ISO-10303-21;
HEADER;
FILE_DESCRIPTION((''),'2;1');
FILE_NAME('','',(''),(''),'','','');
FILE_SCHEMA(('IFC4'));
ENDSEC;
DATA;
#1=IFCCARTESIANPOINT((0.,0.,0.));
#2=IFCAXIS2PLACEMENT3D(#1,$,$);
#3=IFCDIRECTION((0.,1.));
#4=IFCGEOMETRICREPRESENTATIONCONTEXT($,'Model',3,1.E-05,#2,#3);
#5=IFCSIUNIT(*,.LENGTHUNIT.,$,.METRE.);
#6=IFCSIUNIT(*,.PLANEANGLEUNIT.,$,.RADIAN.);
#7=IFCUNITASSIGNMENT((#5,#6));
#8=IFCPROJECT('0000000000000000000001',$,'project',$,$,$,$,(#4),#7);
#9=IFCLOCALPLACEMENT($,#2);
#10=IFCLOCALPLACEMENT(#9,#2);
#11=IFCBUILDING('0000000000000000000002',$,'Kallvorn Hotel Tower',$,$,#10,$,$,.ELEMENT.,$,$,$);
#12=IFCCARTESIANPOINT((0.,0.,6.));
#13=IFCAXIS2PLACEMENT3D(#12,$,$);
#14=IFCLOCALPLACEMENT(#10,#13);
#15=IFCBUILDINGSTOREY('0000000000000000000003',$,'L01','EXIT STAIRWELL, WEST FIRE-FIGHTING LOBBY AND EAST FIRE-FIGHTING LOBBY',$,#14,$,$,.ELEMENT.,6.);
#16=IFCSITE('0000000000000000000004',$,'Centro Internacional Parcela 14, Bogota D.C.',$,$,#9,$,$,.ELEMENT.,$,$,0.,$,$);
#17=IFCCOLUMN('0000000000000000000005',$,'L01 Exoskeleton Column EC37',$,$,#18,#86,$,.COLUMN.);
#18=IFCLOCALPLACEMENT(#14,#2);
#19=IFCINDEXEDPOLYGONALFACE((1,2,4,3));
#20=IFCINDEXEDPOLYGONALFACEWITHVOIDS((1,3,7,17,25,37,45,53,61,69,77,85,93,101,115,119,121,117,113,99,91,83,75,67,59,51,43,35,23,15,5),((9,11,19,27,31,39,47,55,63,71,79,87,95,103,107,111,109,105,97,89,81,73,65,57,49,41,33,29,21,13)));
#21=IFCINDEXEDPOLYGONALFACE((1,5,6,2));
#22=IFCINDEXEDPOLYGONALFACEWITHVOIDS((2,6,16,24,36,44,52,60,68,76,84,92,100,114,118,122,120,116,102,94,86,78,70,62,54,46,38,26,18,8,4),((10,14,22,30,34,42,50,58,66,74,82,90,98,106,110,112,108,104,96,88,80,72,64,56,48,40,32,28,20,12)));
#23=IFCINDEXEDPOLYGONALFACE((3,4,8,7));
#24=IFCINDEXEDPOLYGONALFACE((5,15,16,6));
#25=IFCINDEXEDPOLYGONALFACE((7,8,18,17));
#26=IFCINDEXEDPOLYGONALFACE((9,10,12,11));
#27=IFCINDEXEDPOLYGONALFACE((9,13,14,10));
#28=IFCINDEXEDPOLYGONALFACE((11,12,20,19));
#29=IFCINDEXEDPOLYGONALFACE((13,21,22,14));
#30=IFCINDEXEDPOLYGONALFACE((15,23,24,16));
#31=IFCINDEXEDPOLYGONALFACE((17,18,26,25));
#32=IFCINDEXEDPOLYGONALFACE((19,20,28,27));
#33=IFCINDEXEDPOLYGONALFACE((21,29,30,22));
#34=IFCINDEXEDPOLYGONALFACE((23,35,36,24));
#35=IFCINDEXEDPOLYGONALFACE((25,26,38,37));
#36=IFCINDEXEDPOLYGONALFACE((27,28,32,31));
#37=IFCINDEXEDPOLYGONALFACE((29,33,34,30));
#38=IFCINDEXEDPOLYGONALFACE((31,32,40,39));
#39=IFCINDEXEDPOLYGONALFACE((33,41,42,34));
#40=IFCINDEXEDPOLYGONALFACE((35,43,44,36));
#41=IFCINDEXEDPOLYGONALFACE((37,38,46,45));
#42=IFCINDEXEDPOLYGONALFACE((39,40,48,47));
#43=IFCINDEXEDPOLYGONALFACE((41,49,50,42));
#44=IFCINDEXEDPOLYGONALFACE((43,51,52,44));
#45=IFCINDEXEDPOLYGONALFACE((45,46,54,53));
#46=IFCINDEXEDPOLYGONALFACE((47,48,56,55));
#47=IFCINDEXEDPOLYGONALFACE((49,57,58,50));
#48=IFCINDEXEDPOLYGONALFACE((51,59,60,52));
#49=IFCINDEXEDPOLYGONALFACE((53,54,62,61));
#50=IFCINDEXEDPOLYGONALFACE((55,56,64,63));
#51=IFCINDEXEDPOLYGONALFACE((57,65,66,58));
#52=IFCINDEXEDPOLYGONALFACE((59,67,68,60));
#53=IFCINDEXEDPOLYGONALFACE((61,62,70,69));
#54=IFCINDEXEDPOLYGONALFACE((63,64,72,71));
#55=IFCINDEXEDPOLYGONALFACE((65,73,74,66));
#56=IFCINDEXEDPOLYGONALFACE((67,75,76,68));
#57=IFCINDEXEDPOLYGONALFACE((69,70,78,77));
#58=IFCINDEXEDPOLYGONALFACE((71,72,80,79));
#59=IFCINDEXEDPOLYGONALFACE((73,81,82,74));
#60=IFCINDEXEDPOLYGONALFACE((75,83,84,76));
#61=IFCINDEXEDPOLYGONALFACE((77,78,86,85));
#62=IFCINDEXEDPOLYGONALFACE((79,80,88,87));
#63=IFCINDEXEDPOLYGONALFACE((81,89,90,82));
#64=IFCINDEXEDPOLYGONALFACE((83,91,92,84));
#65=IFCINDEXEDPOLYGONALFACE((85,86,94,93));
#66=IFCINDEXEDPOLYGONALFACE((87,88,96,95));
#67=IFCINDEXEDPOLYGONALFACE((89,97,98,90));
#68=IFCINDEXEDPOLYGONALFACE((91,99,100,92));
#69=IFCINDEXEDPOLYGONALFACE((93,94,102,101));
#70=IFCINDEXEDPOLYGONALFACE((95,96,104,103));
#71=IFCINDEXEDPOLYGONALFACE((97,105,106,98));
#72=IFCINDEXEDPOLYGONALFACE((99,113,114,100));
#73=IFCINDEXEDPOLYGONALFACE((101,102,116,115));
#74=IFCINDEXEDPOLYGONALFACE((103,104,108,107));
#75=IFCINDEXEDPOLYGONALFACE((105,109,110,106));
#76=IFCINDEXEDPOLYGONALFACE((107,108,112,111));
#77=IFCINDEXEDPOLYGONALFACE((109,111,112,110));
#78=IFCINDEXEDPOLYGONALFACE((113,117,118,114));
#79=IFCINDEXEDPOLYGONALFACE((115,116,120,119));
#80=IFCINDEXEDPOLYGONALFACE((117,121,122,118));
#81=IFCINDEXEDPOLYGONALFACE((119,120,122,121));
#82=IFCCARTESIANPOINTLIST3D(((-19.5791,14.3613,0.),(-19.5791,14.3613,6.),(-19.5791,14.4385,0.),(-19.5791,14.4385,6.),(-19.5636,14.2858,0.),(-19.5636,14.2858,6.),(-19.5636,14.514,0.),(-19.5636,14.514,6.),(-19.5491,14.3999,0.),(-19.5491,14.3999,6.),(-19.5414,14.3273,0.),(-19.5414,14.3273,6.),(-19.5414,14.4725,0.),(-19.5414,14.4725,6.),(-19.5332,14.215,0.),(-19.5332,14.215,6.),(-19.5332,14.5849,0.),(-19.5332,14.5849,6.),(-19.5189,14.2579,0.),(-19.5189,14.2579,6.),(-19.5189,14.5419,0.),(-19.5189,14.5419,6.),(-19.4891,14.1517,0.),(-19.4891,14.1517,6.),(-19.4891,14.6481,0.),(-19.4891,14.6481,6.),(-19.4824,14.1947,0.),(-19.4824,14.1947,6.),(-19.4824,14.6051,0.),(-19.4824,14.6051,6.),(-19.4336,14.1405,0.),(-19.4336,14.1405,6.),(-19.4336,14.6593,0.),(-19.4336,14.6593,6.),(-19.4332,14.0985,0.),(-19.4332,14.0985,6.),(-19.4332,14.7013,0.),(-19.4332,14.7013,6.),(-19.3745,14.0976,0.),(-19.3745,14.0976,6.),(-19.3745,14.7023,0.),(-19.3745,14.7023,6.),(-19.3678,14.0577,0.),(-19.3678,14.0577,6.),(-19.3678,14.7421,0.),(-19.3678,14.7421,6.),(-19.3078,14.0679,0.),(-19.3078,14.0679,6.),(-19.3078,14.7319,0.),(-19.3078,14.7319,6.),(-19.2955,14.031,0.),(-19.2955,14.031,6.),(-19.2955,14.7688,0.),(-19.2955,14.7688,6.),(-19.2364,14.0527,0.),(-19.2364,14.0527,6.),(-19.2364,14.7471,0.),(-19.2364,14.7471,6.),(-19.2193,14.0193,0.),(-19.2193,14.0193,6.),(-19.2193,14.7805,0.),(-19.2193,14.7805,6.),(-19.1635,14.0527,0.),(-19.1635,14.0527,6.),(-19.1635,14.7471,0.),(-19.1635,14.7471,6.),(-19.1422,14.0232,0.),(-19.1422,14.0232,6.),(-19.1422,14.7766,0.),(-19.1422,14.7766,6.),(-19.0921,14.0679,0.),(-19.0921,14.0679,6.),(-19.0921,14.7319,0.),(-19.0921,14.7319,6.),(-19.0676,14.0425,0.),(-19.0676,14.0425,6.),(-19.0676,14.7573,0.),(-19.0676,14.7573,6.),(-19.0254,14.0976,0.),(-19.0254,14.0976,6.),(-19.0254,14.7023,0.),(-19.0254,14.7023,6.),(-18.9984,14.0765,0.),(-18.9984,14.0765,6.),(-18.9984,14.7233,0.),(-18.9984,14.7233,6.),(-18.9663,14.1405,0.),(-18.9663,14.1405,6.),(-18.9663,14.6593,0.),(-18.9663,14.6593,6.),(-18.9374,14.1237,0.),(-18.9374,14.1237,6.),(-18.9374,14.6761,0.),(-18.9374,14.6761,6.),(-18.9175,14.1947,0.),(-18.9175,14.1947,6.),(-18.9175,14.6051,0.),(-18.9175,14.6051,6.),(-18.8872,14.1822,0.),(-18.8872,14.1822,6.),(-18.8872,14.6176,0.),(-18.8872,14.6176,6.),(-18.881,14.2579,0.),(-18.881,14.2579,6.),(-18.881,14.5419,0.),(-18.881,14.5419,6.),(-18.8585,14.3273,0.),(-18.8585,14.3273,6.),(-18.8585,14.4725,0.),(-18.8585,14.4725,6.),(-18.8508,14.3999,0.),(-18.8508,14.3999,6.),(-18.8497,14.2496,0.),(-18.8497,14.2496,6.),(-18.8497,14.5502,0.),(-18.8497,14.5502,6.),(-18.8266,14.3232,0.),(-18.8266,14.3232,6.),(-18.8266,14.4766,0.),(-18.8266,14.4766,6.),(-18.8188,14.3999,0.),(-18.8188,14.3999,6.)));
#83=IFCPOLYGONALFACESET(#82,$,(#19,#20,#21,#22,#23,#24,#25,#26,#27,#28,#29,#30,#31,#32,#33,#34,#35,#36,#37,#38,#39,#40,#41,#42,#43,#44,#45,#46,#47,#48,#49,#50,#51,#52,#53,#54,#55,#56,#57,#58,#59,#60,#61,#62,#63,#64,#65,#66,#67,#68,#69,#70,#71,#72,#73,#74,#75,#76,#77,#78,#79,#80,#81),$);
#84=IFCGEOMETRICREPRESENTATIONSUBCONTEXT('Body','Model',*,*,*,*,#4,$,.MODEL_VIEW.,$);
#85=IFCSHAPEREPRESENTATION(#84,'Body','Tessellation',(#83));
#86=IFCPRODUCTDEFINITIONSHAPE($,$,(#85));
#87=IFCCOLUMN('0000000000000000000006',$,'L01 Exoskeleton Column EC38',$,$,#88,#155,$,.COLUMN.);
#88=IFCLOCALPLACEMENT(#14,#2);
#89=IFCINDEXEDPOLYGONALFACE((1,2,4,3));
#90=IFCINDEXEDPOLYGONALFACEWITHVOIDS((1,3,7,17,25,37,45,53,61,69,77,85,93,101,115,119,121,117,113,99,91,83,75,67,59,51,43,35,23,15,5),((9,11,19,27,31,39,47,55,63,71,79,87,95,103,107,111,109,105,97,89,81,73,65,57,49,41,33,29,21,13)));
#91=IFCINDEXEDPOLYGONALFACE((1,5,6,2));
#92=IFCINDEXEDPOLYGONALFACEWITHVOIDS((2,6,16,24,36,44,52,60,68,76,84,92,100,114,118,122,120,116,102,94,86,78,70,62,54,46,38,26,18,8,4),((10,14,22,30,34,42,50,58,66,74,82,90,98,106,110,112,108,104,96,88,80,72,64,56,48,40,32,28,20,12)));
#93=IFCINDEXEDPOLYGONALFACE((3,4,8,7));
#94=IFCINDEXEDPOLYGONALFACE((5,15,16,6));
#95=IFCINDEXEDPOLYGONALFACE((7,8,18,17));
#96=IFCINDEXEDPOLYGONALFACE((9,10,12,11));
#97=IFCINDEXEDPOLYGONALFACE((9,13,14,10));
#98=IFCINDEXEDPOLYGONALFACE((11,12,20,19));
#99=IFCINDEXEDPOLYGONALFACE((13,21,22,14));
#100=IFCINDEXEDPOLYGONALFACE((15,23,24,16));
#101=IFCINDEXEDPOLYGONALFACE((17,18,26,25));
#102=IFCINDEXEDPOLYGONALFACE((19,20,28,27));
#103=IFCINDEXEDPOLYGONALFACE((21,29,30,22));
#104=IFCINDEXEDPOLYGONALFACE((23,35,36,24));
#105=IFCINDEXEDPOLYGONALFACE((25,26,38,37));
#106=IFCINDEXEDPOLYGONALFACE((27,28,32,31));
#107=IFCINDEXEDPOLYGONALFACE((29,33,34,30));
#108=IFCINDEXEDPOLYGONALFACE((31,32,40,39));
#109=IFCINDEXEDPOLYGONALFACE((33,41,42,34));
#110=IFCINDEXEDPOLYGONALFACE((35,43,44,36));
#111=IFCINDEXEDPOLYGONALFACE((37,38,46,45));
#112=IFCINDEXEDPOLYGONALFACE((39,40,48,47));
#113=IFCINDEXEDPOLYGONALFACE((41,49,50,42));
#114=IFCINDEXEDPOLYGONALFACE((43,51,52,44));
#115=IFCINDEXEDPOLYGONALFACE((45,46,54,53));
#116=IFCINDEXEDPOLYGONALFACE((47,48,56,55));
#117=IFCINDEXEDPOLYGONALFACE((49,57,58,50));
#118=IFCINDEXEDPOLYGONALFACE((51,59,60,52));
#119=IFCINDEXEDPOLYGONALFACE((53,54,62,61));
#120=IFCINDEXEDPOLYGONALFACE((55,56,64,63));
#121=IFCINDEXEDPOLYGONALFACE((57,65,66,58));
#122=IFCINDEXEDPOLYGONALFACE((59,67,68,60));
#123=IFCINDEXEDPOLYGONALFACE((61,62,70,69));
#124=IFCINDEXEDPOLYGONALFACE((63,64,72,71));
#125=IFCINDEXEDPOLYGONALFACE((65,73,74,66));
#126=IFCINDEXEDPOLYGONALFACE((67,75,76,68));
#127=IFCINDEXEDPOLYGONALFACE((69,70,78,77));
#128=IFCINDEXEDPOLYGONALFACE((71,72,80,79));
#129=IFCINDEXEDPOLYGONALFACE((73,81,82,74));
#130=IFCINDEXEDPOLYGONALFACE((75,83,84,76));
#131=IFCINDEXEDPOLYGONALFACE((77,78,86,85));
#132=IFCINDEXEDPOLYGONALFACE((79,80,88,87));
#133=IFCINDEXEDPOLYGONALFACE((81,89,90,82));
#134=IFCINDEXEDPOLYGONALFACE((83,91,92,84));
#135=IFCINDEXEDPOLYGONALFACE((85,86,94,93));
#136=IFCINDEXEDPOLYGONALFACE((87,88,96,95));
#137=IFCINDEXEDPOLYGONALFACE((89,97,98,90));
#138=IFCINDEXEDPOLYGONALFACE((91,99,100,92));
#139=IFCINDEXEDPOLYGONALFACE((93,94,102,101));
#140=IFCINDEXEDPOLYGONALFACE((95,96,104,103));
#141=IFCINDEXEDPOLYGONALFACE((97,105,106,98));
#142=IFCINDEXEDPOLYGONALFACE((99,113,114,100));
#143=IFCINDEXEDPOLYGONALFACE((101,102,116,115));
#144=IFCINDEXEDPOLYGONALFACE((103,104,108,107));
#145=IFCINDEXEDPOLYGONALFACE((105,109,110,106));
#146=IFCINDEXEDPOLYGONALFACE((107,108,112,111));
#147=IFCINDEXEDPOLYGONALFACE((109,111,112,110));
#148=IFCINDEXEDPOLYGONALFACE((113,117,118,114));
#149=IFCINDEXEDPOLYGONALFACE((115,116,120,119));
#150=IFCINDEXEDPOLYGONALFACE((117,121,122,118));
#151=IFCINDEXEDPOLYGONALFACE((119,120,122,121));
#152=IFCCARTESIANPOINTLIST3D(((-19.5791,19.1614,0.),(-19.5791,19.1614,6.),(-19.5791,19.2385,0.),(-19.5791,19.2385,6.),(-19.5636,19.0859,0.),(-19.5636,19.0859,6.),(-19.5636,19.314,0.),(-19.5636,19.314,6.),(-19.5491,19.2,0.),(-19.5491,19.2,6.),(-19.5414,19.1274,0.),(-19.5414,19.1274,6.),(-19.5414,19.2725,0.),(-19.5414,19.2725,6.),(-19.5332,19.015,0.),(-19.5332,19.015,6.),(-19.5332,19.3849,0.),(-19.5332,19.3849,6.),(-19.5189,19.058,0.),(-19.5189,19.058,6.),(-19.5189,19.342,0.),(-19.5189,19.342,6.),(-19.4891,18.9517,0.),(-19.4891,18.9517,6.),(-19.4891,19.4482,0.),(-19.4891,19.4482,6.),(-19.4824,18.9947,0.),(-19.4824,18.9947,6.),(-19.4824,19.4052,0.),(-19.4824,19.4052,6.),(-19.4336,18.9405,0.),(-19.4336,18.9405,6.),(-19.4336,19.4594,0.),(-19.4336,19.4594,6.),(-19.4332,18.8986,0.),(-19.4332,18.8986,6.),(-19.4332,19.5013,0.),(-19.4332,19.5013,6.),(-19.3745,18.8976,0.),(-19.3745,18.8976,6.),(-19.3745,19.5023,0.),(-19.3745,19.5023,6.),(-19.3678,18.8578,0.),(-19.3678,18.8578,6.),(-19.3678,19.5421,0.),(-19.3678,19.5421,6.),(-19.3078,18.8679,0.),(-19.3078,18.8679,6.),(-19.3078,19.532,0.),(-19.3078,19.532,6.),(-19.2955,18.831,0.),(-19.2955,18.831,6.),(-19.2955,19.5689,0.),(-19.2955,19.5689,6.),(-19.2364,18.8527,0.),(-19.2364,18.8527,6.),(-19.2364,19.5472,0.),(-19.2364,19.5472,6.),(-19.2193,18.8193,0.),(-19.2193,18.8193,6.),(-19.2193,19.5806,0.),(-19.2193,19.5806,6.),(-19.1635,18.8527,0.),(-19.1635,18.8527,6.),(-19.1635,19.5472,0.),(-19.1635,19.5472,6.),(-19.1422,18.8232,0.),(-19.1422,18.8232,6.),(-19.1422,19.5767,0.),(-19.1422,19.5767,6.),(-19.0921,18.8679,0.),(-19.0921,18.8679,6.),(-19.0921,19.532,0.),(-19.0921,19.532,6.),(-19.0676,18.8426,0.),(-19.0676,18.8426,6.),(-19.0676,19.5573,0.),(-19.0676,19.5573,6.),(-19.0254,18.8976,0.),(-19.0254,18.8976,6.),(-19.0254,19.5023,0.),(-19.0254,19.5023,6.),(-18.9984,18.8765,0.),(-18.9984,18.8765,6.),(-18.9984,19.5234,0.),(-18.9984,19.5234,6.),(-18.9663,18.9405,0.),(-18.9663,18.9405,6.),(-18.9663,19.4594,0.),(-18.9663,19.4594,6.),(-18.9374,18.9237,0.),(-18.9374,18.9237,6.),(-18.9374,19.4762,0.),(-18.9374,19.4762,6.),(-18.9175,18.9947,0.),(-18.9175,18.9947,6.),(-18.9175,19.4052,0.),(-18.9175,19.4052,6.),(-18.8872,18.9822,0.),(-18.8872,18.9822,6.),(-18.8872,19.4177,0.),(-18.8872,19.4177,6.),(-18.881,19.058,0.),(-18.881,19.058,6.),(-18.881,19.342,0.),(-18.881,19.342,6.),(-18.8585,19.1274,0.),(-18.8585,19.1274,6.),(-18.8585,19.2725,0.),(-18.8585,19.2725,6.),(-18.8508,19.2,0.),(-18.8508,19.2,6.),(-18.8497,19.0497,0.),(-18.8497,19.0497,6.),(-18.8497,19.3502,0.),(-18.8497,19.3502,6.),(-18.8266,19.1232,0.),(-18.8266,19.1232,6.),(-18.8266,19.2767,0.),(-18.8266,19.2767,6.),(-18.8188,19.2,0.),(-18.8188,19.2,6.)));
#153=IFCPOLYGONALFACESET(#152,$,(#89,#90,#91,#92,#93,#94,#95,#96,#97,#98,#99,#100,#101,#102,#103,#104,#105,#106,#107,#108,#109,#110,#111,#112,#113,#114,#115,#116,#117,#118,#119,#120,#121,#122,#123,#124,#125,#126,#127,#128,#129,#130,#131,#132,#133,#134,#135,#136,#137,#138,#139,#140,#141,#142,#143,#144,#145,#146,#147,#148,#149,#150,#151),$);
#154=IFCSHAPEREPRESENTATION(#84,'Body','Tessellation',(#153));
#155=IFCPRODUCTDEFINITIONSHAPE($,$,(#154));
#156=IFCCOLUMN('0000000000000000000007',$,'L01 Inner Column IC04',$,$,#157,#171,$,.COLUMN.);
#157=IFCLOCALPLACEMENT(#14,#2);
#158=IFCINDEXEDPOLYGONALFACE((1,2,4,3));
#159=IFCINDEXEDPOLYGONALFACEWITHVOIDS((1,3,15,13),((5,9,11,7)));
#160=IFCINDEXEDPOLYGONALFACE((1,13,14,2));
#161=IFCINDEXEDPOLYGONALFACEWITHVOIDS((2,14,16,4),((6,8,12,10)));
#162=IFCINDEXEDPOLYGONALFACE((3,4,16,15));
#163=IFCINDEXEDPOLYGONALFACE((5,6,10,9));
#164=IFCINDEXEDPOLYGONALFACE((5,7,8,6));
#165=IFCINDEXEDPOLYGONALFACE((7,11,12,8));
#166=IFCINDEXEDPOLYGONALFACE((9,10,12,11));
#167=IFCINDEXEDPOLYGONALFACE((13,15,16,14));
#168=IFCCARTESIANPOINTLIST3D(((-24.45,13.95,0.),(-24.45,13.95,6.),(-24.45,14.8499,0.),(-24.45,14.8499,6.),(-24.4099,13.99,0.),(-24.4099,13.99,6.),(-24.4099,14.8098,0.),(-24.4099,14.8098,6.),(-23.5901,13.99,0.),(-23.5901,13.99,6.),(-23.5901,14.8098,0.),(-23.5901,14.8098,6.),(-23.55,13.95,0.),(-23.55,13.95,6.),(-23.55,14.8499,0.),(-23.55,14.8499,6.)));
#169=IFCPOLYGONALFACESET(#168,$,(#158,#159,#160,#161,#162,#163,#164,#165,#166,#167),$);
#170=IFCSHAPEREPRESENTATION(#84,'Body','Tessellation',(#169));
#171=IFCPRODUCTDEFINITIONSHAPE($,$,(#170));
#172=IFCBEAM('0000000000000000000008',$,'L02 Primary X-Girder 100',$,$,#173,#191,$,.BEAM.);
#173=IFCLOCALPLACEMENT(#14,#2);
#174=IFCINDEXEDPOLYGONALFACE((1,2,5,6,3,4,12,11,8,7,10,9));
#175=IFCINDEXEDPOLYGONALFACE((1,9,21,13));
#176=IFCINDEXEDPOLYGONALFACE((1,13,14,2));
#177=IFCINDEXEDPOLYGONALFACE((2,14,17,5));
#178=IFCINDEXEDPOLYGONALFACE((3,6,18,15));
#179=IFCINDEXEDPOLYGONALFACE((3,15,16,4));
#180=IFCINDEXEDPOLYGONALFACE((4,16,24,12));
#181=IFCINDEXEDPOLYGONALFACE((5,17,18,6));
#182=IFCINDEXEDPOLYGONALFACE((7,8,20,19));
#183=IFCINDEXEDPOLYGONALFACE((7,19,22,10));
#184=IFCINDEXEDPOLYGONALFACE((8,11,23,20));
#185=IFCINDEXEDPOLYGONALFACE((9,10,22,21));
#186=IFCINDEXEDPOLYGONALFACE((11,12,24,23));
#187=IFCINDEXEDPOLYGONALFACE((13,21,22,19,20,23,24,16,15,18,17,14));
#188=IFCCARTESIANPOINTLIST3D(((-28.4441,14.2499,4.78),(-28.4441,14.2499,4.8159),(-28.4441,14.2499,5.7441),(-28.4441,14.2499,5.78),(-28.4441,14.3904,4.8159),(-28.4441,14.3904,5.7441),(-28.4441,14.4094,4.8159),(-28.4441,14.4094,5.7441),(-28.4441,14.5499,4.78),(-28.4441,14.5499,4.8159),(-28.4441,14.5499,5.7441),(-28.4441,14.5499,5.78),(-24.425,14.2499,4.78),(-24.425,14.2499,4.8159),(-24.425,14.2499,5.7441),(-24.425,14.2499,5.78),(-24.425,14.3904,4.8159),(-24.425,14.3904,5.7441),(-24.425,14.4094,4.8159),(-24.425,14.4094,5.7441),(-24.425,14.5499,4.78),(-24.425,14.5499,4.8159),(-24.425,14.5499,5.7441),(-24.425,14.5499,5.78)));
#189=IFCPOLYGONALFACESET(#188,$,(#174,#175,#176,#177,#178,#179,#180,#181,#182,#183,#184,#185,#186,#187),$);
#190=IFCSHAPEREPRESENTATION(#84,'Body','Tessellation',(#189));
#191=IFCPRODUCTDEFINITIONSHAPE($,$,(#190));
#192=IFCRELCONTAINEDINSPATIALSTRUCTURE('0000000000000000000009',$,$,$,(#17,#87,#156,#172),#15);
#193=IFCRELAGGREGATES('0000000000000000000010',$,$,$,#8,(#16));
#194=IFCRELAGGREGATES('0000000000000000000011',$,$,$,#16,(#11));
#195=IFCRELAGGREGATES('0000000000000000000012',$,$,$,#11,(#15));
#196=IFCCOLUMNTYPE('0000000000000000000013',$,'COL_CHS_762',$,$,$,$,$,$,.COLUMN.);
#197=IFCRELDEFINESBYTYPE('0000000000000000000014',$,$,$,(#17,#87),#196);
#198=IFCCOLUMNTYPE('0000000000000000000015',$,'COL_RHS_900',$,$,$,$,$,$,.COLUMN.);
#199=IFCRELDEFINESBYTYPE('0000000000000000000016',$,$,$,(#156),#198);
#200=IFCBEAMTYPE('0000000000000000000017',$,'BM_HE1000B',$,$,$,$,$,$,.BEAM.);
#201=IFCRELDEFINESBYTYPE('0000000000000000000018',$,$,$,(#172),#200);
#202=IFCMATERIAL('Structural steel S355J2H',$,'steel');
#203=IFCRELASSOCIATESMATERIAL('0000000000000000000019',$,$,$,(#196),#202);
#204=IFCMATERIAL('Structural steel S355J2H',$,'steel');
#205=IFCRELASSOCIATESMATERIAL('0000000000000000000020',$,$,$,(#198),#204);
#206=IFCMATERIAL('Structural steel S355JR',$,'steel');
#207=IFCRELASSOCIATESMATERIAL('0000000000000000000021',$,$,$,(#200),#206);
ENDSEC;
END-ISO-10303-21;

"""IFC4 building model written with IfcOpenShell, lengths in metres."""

from ifc_helpers import new_model, si_unit, direction, frame, origin, origin_2d, place, context, subcontext, project, spatial, hollow_rectangle, hollow_circle, i_section, extrude, material, material_profile, profile_set, type_object, element, save


model = new_model("IFC4")

# Units and contexts
model_context = context("Model", 3, precision=1e-05, world=origin(), true_north=direction((0.0, 1.0)))
body_context = subcontext(model_context, "Body", "Model", "MODEL_VIEW")
ifc_project = project(units=[si_unit("LENGTHUNIT", "METRE"), si_unit("PLANEANGLEUNIT", "RADIAN")], contexts=[model_context])

# Site, building, storey
site_placement = place(None, origin())
site = spatial("IfcSite", under=ifc_project, at=site_placement, Name="Centro Internacional Parcela 14, Bogota D.C.", CompositionType="ELEMENT", RefElevation=0.0)
building_placement = place(site_placement, origin())
building = spatial("IfcBuilding", under=site, at=building_placement, Name="Kallvorn Hotel Tower", CompositionType="ELEMENT")
storey_placement = place(building_placement, frame((0.0, 0.0, 6.0)))
storey = spatial("IfcBuildingStorey", under=building, at=storey_placement, Name="L01", Description="EXIT STAIRWELL, WEST FIRE-FIGHTING LOBBY AND EAST FIRE-FIGHTING LOBBY", CompositionType="ELEMENT", Elevation=6.0)

# Columns
ifc_material_1 = material(Name="Structural steel S355J2H", Category="steel")
ifc_material_profile_1 = material_profile(ifc_material_1, hollow_circle(Radius=0.3811, WallThickness=0.032, at=origin_2d()), Name="CHS 762x32")
ifc_profile_set_1 = profile_set([ifc_material_profile_1], Name="Structural steel S355J2H")
column_type_1 = type_object("IfcColumnType", Name="COL_CHS_762", PredefinedType="COLUMN", material=ifc_profile_set_1)
for number, where, z_axis, x_axis, name in (
    (1, (-19.2, 14.3999, 0.0), (0.0, 0.0, 1.0), (1.0, 0.0, 0.0), "L01 Exoskeleton Column EC37"),
    (2, (-19.2, 19.2, 0.0), (0.0, 0.0, 1.0), (1.0, 0.0, 0.0), "L01 Exoskeleton Column EC38"),
):
    element("IfcColumn", number, at=place(storey_placement, frame(where, z_axis=z_axis, x_axis=x_axis)), inside=storey, type_object=column_type_1, Name=name, PredefinedType="COLUMN", context=body_context, shape_type="SweptSolid", body=[
        extrude(hollow_circle(Radius=0.3811, WallThickness=0.032, at=origin_2d()), origin(), (0.0, 0.0, 1.0), 6.0),
    ])
ifc_material_2 = material(Name="Structural steel S355J2H", Category="steel")
ifc_material_profile_2 = material_profile(ifc_material_2, hollow_rectangle(XDim=0.8999, YDim=0.8999, WallThickness=0.04, at=origin_2d()), Name="RHS 900x900x40")
ifc_profile_set_2 = profile_set([ifc_material_profile_2], Name="Structural steel S355J2H")
column_type_2 = type_object("IfcColumnType", Name="COL_RHS_900", PredefinedType="COLUMN", material=ifc_profile_set_2)
column_placement = place(storey_placement, frame((-24.0, 14.3999, 0.0), z_axis=(0.0, 0.0, 1.0), x_axis=(1.0, 0.0, 0.0)))
element("IfcColumn", 3, at=column_placement, inside=storey, type_object=column_type_2, Name="L01 Inner Column IC04", PredefinedType="COLUMN", context=body_context, shape_type="SweptSolid", body=[
    extrude(hollow_rectangle(XDim=0.8999, YDim=0.8999, WallThickness=0.04, at=origin_2d()), origin(), (0.0, 0.0, 1.0), 6.0),
])

# Beam
ifc_material_3 = material(Name="Structural steel S355JR", Category="steel")
ifc_material_profile_3 = material_profile(ifc_material_3, i_section(OverallWidth=0.3, OverallDepth=1.0, WebThickness=0.019, FlangeThickness=0.0359, at=origin_2d()), Name="HE 1000 B")
ifc_profile_set_3 = profile_set([ifc_material_profile_3], Name="Structural steel S355JR")
beam_type_1 = type_object("IfcBeamType", Name="BM_HE1000B", PredefinedType="BEAM", material=ifc_profile_set_3)
for number, where, z_axis, x_axis, name in (
    (4, (-28.4441, 14.3999, 5.28), (1.0, 0.0, 0.0), (0.0, 1.0, 0.0), "L02 Primary X-Girder 100"),
):
    element("IfcBeam", number, at=place(storey_placement, frame(where, z_axis=z_axis, x_axis=x_axis)), inside=storey, type_object=beam_type_1, Name=name, PredefinedType="BEAM", context=body_context, shape_type="SweptSolid", body=[
        extrude(i_section(OverallWidth=0.3, OverallDepth=1.0, WebThickness=0.019, FlangeThickness=0.0359, at=origin_2d()), origin(), (0.0, 0.0, 1.0), 4.019),
    ])

save(model, "model.ifc")
